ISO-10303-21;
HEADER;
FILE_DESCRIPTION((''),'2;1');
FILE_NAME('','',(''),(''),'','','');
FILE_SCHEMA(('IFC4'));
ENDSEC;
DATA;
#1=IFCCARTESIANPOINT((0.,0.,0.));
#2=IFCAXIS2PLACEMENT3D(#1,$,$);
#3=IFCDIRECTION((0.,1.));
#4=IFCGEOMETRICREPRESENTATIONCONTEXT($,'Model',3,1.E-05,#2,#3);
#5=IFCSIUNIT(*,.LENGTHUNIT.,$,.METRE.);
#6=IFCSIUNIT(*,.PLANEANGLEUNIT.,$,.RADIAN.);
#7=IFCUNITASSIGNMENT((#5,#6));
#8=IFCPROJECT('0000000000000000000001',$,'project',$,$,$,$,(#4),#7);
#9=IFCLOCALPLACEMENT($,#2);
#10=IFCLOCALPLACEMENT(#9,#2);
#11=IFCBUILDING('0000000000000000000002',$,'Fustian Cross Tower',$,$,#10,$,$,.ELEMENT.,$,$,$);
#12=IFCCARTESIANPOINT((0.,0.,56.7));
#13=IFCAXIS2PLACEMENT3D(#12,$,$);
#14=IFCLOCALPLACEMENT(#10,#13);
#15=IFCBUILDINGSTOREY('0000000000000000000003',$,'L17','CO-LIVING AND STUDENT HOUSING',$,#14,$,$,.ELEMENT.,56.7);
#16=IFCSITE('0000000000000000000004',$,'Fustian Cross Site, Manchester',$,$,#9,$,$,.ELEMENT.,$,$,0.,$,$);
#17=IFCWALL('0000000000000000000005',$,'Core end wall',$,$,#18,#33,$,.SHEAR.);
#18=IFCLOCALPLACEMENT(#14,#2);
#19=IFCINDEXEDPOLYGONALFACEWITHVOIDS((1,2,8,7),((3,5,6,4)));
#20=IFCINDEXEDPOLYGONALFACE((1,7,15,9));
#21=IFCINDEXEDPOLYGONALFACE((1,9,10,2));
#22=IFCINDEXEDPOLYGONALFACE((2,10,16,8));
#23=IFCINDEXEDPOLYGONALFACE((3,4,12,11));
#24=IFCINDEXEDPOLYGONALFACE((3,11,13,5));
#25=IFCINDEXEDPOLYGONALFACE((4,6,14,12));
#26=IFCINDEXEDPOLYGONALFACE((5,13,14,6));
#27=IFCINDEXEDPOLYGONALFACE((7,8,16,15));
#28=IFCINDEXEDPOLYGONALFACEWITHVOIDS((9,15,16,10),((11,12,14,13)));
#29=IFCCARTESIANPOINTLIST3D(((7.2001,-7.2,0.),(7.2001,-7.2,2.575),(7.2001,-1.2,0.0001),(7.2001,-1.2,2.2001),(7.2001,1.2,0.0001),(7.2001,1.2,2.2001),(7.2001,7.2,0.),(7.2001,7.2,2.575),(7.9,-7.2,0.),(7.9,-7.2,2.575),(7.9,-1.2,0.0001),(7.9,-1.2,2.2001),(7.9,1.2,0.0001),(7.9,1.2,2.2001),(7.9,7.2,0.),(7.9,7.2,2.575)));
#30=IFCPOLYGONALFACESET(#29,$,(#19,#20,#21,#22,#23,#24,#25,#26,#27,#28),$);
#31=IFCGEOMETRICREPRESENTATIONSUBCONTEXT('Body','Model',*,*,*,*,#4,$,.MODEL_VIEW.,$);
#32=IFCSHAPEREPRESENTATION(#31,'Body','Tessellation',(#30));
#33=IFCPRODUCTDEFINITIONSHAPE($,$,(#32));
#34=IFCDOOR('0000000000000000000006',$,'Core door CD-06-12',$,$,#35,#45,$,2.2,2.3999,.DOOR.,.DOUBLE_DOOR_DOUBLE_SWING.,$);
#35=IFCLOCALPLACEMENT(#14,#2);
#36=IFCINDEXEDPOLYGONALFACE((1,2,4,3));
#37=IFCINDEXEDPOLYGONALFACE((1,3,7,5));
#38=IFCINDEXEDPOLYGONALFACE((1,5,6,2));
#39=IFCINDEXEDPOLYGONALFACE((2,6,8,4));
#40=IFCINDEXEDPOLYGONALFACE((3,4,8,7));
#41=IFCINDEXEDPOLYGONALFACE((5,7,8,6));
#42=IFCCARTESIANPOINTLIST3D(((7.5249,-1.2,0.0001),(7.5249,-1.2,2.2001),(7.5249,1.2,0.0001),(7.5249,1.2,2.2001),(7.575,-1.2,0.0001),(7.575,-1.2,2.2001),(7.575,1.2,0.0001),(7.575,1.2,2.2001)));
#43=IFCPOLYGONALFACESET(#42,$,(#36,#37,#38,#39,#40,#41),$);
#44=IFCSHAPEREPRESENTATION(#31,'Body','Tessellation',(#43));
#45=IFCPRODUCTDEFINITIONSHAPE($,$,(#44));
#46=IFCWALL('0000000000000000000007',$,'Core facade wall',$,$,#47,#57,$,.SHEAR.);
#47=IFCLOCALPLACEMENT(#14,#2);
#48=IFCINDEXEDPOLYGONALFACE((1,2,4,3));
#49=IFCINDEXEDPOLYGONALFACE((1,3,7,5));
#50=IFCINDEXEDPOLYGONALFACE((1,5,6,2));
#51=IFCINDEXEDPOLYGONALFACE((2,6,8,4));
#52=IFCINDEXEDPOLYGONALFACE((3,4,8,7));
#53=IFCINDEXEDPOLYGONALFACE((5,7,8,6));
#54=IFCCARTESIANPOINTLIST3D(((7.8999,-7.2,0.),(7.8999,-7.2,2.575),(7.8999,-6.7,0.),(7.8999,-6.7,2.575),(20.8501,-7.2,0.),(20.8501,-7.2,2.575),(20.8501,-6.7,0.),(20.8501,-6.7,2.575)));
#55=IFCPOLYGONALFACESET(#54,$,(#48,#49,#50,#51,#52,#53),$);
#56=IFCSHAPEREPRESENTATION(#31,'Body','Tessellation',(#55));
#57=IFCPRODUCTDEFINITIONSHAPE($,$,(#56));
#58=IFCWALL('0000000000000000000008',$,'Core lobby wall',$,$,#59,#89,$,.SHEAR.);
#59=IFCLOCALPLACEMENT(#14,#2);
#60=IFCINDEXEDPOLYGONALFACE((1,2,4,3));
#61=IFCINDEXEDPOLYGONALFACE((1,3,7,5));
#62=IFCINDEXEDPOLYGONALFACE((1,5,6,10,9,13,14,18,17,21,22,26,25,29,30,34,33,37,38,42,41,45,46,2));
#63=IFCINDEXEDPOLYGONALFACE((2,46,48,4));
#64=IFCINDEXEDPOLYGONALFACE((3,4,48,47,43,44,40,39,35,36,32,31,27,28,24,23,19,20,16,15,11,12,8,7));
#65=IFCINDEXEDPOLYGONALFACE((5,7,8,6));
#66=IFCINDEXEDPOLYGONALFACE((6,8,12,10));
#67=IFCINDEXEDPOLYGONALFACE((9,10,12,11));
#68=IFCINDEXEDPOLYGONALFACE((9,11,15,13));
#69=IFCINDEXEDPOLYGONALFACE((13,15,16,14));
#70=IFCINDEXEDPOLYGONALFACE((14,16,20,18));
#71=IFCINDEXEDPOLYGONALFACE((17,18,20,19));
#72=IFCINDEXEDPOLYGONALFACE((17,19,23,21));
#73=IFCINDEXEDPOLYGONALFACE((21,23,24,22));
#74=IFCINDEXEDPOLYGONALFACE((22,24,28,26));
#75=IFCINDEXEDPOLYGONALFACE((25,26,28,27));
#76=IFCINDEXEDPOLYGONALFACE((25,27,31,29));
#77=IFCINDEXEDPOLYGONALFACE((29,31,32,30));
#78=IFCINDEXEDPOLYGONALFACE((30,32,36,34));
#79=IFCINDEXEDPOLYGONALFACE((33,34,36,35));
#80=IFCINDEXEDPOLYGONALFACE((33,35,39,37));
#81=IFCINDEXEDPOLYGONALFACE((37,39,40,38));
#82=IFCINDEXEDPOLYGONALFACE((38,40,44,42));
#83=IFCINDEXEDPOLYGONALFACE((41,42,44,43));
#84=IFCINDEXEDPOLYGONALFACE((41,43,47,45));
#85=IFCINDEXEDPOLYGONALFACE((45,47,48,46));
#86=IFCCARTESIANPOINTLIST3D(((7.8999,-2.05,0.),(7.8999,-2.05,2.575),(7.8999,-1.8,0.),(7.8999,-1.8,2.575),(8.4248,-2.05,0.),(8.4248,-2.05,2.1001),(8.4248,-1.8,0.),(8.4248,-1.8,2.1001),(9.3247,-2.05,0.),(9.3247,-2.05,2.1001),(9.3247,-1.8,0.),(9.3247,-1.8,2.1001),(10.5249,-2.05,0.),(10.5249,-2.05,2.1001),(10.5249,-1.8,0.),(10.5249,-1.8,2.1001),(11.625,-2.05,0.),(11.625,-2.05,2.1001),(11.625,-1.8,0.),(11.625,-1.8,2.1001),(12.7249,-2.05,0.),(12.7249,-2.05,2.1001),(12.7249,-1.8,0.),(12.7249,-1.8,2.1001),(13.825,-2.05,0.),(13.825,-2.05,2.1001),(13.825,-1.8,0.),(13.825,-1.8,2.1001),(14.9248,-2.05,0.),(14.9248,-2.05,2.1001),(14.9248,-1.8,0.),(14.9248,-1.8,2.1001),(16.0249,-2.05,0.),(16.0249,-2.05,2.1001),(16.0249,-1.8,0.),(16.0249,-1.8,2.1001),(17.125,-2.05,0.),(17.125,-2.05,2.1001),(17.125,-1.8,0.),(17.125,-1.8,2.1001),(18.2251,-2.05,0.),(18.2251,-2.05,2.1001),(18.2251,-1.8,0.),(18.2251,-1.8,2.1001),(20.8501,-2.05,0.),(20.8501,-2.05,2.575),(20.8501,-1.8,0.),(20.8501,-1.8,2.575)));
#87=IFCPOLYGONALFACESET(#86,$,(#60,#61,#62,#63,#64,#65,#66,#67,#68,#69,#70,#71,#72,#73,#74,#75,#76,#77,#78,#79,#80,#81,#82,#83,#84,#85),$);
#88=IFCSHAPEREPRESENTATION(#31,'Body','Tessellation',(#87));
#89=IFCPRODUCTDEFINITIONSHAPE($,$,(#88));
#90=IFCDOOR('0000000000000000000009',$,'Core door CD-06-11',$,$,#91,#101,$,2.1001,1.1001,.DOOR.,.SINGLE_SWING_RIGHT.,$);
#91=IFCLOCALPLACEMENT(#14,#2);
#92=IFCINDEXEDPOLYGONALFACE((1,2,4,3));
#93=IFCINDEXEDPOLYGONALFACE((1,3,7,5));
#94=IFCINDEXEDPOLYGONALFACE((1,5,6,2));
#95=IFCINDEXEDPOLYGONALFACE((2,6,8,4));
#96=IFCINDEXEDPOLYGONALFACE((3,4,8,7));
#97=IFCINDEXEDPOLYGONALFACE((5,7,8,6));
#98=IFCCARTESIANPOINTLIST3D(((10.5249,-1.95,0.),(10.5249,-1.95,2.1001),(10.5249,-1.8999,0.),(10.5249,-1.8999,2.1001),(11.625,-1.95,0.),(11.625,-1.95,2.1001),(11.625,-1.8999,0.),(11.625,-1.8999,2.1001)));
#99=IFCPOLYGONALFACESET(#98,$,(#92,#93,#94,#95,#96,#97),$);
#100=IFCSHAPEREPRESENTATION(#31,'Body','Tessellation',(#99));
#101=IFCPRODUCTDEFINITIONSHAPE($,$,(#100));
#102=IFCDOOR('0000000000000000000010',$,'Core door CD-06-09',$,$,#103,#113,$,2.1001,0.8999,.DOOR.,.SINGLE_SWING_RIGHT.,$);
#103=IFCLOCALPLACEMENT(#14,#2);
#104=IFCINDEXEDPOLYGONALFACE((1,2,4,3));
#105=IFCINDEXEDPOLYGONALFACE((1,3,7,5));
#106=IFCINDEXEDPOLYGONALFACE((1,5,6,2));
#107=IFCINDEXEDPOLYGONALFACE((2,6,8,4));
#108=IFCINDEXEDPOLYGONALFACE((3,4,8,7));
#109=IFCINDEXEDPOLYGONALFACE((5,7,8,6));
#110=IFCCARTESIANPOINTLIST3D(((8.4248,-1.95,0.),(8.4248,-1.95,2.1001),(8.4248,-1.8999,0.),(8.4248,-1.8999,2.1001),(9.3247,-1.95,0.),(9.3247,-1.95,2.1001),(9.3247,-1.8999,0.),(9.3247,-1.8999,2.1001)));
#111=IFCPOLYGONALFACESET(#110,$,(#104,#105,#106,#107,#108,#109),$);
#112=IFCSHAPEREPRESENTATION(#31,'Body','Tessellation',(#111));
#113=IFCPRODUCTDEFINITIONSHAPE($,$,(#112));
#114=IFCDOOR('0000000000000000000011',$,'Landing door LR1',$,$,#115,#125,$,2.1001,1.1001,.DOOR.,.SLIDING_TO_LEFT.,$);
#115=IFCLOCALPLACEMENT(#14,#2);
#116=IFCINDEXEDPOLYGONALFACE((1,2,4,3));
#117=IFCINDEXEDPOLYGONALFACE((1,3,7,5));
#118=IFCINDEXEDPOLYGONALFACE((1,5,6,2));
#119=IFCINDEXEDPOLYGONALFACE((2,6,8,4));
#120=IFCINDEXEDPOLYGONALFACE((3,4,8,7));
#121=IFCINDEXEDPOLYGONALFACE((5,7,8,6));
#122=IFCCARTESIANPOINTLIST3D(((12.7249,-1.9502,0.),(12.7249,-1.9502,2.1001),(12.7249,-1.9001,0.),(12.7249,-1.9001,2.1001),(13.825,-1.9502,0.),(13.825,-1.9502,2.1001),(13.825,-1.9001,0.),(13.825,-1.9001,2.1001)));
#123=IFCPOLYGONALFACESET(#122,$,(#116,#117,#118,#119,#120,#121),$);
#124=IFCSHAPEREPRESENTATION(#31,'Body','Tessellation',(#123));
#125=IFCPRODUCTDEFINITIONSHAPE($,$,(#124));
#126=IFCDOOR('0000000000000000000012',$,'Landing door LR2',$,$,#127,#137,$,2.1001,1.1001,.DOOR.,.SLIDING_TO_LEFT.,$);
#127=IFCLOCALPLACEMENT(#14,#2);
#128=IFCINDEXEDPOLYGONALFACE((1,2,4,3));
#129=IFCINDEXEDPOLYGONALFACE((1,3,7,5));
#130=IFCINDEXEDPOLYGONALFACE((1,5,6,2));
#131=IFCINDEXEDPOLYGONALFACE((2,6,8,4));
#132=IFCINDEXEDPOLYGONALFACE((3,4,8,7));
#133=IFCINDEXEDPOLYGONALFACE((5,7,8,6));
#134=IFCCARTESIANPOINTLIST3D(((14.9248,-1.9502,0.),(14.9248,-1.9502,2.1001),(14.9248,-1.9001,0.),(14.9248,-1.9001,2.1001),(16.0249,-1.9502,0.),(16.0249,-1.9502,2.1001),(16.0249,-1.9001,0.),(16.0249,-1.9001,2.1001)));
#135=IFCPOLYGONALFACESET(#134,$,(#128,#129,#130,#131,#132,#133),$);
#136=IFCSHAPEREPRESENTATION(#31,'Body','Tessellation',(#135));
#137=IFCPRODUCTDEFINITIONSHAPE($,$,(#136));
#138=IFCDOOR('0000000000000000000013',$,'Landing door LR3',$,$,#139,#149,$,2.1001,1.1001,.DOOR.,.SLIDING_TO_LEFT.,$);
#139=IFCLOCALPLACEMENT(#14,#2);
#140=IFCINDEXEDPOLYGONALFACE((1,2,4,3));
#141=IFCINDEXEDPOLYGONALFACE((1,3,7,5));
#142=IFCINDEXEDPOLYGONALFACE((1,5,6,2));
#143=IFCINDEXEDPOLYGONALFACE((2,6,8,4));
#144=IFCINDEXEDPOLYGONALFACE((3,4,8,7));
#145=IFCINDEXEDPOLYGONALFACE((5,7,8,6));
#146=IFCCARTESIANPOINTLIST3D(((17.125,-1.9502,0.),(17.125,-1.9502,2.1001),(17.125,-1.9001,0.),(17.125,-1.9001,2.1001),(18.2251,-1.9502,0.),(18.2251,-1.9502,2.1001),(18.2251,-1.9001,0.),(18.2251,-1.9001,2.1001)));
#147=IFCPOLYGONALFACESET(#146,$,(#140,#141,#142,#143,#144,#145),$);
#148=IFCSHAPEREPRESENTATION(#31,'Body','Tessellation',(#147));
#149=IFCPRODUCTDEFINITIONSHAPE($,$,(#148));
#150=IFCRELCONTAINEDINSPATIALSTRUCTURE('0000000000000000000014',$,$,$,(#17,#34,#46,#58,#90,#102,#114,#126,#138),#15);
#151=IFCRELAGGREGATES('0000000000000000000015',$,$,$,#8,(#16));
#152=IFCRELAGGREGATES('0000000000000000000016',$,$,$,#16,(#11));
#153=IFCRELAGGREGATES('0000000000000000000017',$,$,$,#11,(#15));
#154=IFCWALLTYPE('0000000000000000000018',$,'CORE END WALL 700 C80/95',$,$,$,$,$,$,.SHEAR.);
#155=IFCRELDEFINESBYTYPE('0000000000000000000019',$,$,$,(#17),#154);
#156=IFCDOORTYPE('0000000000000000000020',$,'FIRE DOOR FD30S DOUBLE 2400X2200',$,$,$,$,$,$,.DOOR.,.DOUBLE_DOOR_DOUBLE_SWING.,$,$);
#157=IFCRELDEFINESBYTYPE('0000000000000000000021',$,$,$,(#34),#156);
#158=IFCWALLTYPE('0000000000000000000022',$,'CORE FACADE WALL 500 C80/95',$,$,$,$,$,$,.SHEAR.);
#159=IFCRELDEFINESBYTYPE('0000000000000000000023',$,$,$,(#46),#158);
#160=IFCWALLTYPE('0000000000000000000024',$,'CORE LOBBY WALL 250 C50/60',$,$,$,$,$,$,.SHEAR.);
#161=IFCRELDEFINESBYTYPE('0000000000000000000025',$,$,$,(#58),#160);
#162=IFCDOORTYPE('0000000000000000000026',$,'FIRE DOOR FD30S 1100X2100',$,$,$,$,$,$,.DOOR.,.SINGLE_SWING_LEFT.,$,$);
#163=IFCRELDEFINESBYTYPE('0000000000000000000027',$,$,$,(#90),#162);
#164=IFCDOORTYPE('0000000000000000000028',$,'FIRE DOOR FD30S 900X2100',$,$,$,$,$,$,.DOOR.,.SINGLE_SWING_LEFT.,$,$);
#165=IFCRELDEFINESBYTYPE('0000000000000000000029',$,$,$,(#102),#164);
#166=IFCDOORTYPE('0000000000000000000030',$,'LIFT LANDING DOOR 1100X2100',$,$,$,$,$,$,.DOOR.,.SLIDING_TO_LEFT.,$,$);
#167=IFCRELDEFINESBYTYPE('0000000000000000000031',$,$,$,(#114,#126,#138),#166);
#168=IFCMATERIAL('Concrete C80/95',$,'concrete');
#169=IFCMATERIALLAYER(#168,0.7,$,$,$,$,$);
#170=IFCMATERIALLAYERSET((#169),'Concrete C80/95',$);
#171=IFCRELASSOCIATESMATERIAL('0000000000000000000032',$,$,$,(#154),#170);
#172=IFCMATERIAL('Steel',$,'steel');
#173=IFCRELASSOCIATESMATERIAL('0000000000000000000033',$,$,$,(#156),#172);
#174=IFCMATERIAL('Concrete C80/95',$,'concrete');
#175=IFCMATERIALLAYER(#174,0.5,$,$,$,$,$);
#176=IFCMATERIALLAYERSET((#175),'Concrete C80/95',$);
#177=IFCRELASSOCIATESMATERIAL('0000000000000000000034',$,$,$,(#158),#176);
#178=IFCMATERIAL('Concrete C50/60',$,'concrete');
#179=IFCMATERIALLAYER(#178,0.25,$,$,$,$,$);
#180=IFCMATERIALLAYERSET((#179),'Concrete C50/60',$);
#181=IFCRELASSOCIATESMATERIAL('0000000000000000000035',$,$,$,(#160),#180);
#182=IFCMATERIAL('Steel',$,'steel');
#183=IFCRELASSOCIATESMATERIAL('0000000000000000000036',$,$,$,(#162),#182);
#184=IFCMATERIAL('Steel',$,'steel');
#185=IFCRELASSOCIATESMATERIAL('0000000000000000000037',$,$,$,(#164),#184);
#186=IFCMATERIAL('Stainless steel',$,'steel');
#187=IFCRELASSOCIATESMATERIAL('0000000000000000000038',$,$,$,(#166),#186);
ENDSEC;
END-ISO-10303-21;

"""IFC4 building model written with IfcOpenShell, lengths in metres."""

from ifc_helpers import new_model, si_unit, direction, frame, frame_2d, origin, place, context, subcontext, project, spatial, rectangle, extrude, material, layer, layer_set, type_object, element, fill, save


model = new_model("IFC4")

# Units and contexts
model_context = context("Model", 3, precision=1e-05, world=origin(), true_north=direction((0.0, 1.0)))
body_context = subcontext(model_context, "Body", "Model", "MODEL_VIEW")
ifc_project = project(units=[si_unit("LENGTHUNIT", "METRE"), si_unit("PLANEANGLEUNIT", "RADIAN")], contexts=[model_context])

# Site, building, storey
site_placement = place(None, origin())
site = spatial("IfcSite", under=ifc_project, at=site_placement, Name="Fustian Cross Site, Manchester", CompositionType="ELEMENT", RefElevation=0.0)
building_placement = place(site_placement, origin())
building = spatial("IfcBuilding", under=site, at=building_placement, Name="Fustian Cross Tower", CompositionType="ELEMENT")
storey_placement = place(building_placement, frame((0.0, 0.0, 56.7)))
storey = spatial("IfcBuildingStorey", under=building, at=storey_placement, Name="L17", Description="CO-LIVING AND STUDENT HOUSING", CompositionType="ELEMENT", Elevation=56.7)

# Wall, opening, door
ifc_material_1 = material(Name="Concrete C80/95", Category="concrete")
ifc_layer_1 = layer(ifc_material_1, 0.7)
ifc_layer_set_1 = layer_set([ifc_layer_1], Name="Concrete C80/95")
wall_type_1 = type_object("IfcWallType", Name="CORE END WALL 700 C80/95", PredefinedType="SHEAR", material=ifc_layer_set_1)
wall_1_placement = place(storey_placement, frame((7.55, -7.2, 0.0), z_axis=(0.0, 0.0, 1.0), x_axis=(0.0, 1.0, 0.0)))
wall_1 = element("IfcWall", 1, at=wall_1_placement, inside=storey, type_object=wall_type_1, Name="Core end wall", PredefinedType="SHEAR", context=body_context, shape_type="SweptSolid", body=[
    extrude(rectangle(XDim=14.3999, YDim=0.7, at=frame_2d((7.2, 0.0))), origin(), (0.0, 0.0, 1.0), 2.575),
])
opening_1_placement = place(wall_1_placement, frame((6.0, 0.0, 0.0)))
opening_1 = element("IfcOpeningElement", 2, at=opening_1_placement, cuts=wall_1, PredefinedType="OPENING", context=body_context, shape_type="SweptSolid", body=[
    extrude(rectangle(XDim=2.3999, YDim=2.2, at=frame_2d((1.2, 1.1001))), frame((0.0, 0.3599, 0.0), z_axis=(0.0, -1.0, 0.0), x_axis=(1.0, 0.0, 0.0)), (0.0, 0.0, 1.0), 0.72),
])
ifc_material_2 = material(Name="Steel", Category="steel")
door_type_1 = type_object("IfcDoorType", Name="FIRE DOOR FD30S DOUBLE 2400X2200", OperationType="DOUBLE_DOOR_DOUBLE_SWING", PredefinedType="DOOR", material=ifc_material_2)
door_1_placement = place(opening_1_placement, frame((2.3999, 0.0, 0.0), z_axis=(0.0, 0.0, 1.0), x_axis=(-1.0, 0.0, 0.0)))
door_1 = element("IfcDoor", 3, at=door_1_placement, inside=storey, type_object=door_type_1, Name="Core door CD-06-12", OperationType="DOUBLE_DOOR_DOUBLE_SWING", OverallHeight=2.2, OverallWidth=2.3999, PredefinedType="DOOR", context=body_context, shape_type="SweptSolid", body=[
    extrude(rectangle(XDim=2.3999, YDim=2.2, at=frame_2d((1.2, 1.1001))), frame((0.0, 0.0249, 0.0), z_axis=(0.0, -1.0, 0.0), x_axis=(1.0, 0.0, 0.0)), (0.0, 0.0, 1.0), 0.05),
])
fill(opening_1, door_1)

# Wall
ifc_material_3 = material(Name="Concrete C80/95", Category="concrete")
ifc_layer_2 = layer(ifc_material_3, 0.5)
ifc_layer_set_2 = layer_set([ifc_layer_2], Name="Concrete C80/95")
wall_type_2 = type_object("IfcWallType", Name="CORE FACADE WALL 500 C80/95", PredefinedType="SHEAR", material=ifc_layer_set_2)
wall_2_placement = place(storey_placement, frame((7.8999, -6.95, 0.0), z_axis=(0.0, 0.0, 1.0), x_axis=(1.0, 0.0, 0.0)))
element("IfcWall", 4, at=wall_2_placement, inside=storey, type_object=wall_type_2, Name="Core facade wall", PredefinedType="SHEAR", context=body_context, shape_type="SweptSolid", body=[
    extrude(rectangle(XDim=12.9502, YDim=0.5, at=frame_2d((6.4751, 0.0))), origin(), (0.0, 0.0, 1.0), 2.575),
])

# Wall, openings, doors
ifc_material_4 = material(Name="Concrete C50/60", Category="concrete")
ifc_layer_3 = layer(ifc_material_4, 0.25)
ifc_layer_set_3 = layer_set([ifc_layer_3], Name="Concrete C50/60")
wall_type_3 = type_object("IfcWallType", Name="CORE LOBBY WALL 250 C50/60", PredefinedType="SHEAR", material=ifc_layer_set_3)
wall_3_placement = place(storey_placement, frame((7.8999, -1.925, 0.0), z_axis=(0.0, 0.0, 1.0), x_axis=(1.0, 0.0, 0.0)))
wall_3 = element("IfcWall", 5, at=wall_3_placement, inside=storey, type_object=wall_type_3, Name="Core lobby wall", PredefinedType="SHEAR", context=body_context, shape_type="SweptSolid", body=[
    extrude(rectangle(XDim=12.9502, YDim=0.25, at=frame_2d((6.4751, 0.0))), origin(), (0.0, 0.0, 1.0), 2.575),
])
opening_2_placement = place(wall_3_placement, frame((4.825, 0.0, 0.0)))
opening_2 = element("IfcOpeningElement", 6, at=opening_2_placement, cuts=wall_3, PredefinedType="OPENING", context=body_context, shape_type="SweptSolid", body=[
    extrude(rectangle(XDim=1.1001, YDim=2.1001, at=frame_2d((0.55, 1.05))), frame((0.0, 0.135, 0.0), z_axis=(0.0, -1.0, 0.0), x_axis=(1.0, 0.0, 0.0)), (0.0, 0.0, 1.0), 0.27),
])
opening_3_placement = place(wall_3_placement, frame((7.0249, 0.0, 0.0)))
opening_3 = element("IfcOpeningElement", 7, at=opening_3_placement, cuts=wall_3, PredefinedType="OPENING", context=body_context, shape_type="SweptSolid", body=[
    extrude(rectangle(XDim=1.1001, YDim=2.1001, at=frame_2d((0.55, 1.05))), frame((0.0, 0.135, 0.0), z_axis=(0.0, -1.0, 0.0), x_axis=(1.0, 0.0, 0.0)), (0.0, 0.0, 1.0), 0.27),
])
opening_4_placement = place(wall_3_placement, frame((9.2251, 0.0, 0.0)))
opening_4 = element("IfcOpeningElement", 8, at=opening_4_placement, cuts=wall_3, PredefinedType="OPENING", context=body_context, shape_type="SweptSolid", body=[
    extrude(rectangle(XDim=1.1001, YDim=2.1001, at=frame_2d((0.55, 1.05))), frame((0.0, 0.135, 0.0), z_axis=(0.0, -1.0, 0.0), x_axis=(1.0, 0.0, 0.0)), (0.0, 0.0, 1.0), 0.27),
])
opening_5_placement = place(wall_3_placement, frame((0.5249, 0.0, 0.0)))
opening_5 = element("IfcOpeningElement", 9, at=opening_5_placement, cuts=wall_3, PredefinedType="OPENING", context=body_context, shape_type="SweptSolid", body=[
    extrude(rectangle(XDim=0.8999, YDim=2.1001, at=frame_2d((0.45, 1.05))), frame((0.0, 0.135, 0.0), z_axis=(0.0, -1.0, 0.0), x_axis=(1.0, 0.0, 0.0)), (0.0, 0.0, 1.0), 0.27),
])
opening_6_placement = place(wall_3_placement, frame((2.625, 0.0, 0.0)))
opening_6 = element("IfcOpeningElement", 10, at=opening_6_placement, cuts=wall_3, PredefinedType="OPENING", context=body_context, shape_type="SweptSolid", body=[
    extrude(rectangle(XDim=1.1001, YDim=2.1001, at=frame_2d((0.55, 1.05))), frame((0.0, 0.135, 0.0), z_axis=(0.0, -1.0, 0.0), x_axis=(1.0, 0.0, 0.0)), (0.0, 0.0, 1.0), 0.27),
])
ifc_material_5 = material(Name="Steel", Category="steel")
door_type_2 = type_object("IfcDoorType", Name="FIRE DOOR FD30S 1100X2100", OperationType="SINGLE_SWING_LEFT", PredefinedType="DOOR", material=ifc_material_5)
door_2_placement = place(opening_6_placement, frame((1.1001, 0.0, 0.0), z_axis=(0.0, 0.0, 1.0), x_axis=(-1.0, 0.0, 0.0)))
door_2 = element("IfcDoor", 11, at=door_2_placement, inside=storey, type_object=door_type_2, Name="Core door CD-06-11", OperationType="SINGLE_SWING_RIGHT", OverallHeight=2.1001, OverallWidth=1.1001, PredefinedType="DOOR", context=body_context, shape_type="SweptSolid", body=[
    extrude(rectangle(XDim=1.1001, YDim=2.1001, at=frame_2d((0.55, 1.05))), frame((0.0, 0.0249, 0.0), z_axis=(0.0, -1.0, 0.0), x_axis=(1.0, 0.0, 0.0)), (0.0, 0.0, 1.0), 0.05),
])
fill(opening_6, door_2)
ifc_material_6 = material(Name="Steel", Category="steel")
door_type_3 = type_object("IfcDoorType", Name="FIRE DOOR FD30S 900X2100", OperationType="SINGLE_SWING_LEFT", PredefinedType="DOOR", material=ifc_material_6)
door_3_placement = place(opening_5_placement, frame((0.8999, 0.0, 0.0), z_axis=(0.0, 0.0, 1.0), x_axis=(-1.0, 0.0, 0.0)))
door_3 = element("IfcDoor", 12, at=door_3_placement, inside=storey, type_object=door_type_3, Name="Core door CD-06-09", OperationType="SINGLE_SWING_RIGHT", OverallHeight=2.1001, OverallWidth=0.8999, PredefinedType="DOOR", context=body_context, shape_type="SweptSolid", body=[
    extrude(rectangle(XDim=0.8999, YDim=2.1001, at=frame_2d((0.45, 1.05))), frame((0.0, 0.0249, 0.0), z_axis=(0.0, -1.0, 0.0), x_axis=(1.0, 0.0, 0.0)), (0.0, 0.0, 1.0), 0.05),
])
fill(opening_5, door_3)
ifc_material_7 = material(Name="Stainless steel", Category="steel")
door_type_4 = type_object("IfcDoorType", Name="LIFT LANDING DOOR 1100X2100", OperationType="SLIDING_TO_LEFT", PredefinedType="DOOR", material=ifc_material_7)
door_4_placement = place(opening_2_placement, origin())
door_4 = element("IfcDoor", 13, at=door_4_placement, inside=storey, type_object=door_type_4, Name="Landing door LR1", OperationType="SLIDING_TO_LEFT", OverallHeight=2.1001, OverallWidth=1.1001, PredefinedType="DOOR", context=body_context, shape_type="SweptSolid", body=[
    extrude(rectangle(XDim=1.1001, YDim=2.1001, at=frame_2d((0.55, 1.05))), frame((0.0, 0.0249, 0.0), z_axis=(0.0, -1.0, 0.0), x_axis=(1.0, 0.0, 0.0)), (0.0, 0.0, 1.0), 0.05),
])
fill(opening_2, door_4)
door_5_placement = place(opening_3_placement, origin())
door_5 = element("IfcDoor", 14, at=door_5_placement, inside=storey, type_object=door_type_4, Name="Landing door LR2", OperationType="SLIDING_TO_LEFT", OverallHeight=2.1001, OverallWidth=1.1001, PredefinedType="DOOR", context=body_context, shape_type="SweptSolid", body=[
    extrude(rectangle(XDim=1.1001, YDim=2.1001, at=frame_2d((0.55, 1.05))), frame((0.0, 0.0249, 0.0), z_axis=(0.0, -1.0, 0.0), x_axis=(1.0, 0.0, 0.0)), (0.0, 0.0, 1.0), 0.05),
])
fill(opening_3, door_5)
door_6_placement = place(opening_4_placement, origin())
door_6 = element("IfcDoor", 15, at=door_6_placement, inside=storey, type_object=door_type_4, Name="Landing door LR3", OperationType="SLIDING_TO_LEFT", OverallHeight=2.1001, OverallWidth=1.1001, PredefinedType="DOOR", context=body_context, shape_type="SweptSolid", body=[
    extrude(rectangle(XDim=1.1001, YDim=2.1001, at=frame_2d((0.55, 1.05))), frame((0.0, 0.0249, 0.0), z_axis=(0.0, -1.0, 0.0), x_axis=(1.0, 0.0, 0.0)), (0.0, 0.0, 1.0), 0.05),
])
fill(opening_4, door_6)

save(model, "model.ifc")
